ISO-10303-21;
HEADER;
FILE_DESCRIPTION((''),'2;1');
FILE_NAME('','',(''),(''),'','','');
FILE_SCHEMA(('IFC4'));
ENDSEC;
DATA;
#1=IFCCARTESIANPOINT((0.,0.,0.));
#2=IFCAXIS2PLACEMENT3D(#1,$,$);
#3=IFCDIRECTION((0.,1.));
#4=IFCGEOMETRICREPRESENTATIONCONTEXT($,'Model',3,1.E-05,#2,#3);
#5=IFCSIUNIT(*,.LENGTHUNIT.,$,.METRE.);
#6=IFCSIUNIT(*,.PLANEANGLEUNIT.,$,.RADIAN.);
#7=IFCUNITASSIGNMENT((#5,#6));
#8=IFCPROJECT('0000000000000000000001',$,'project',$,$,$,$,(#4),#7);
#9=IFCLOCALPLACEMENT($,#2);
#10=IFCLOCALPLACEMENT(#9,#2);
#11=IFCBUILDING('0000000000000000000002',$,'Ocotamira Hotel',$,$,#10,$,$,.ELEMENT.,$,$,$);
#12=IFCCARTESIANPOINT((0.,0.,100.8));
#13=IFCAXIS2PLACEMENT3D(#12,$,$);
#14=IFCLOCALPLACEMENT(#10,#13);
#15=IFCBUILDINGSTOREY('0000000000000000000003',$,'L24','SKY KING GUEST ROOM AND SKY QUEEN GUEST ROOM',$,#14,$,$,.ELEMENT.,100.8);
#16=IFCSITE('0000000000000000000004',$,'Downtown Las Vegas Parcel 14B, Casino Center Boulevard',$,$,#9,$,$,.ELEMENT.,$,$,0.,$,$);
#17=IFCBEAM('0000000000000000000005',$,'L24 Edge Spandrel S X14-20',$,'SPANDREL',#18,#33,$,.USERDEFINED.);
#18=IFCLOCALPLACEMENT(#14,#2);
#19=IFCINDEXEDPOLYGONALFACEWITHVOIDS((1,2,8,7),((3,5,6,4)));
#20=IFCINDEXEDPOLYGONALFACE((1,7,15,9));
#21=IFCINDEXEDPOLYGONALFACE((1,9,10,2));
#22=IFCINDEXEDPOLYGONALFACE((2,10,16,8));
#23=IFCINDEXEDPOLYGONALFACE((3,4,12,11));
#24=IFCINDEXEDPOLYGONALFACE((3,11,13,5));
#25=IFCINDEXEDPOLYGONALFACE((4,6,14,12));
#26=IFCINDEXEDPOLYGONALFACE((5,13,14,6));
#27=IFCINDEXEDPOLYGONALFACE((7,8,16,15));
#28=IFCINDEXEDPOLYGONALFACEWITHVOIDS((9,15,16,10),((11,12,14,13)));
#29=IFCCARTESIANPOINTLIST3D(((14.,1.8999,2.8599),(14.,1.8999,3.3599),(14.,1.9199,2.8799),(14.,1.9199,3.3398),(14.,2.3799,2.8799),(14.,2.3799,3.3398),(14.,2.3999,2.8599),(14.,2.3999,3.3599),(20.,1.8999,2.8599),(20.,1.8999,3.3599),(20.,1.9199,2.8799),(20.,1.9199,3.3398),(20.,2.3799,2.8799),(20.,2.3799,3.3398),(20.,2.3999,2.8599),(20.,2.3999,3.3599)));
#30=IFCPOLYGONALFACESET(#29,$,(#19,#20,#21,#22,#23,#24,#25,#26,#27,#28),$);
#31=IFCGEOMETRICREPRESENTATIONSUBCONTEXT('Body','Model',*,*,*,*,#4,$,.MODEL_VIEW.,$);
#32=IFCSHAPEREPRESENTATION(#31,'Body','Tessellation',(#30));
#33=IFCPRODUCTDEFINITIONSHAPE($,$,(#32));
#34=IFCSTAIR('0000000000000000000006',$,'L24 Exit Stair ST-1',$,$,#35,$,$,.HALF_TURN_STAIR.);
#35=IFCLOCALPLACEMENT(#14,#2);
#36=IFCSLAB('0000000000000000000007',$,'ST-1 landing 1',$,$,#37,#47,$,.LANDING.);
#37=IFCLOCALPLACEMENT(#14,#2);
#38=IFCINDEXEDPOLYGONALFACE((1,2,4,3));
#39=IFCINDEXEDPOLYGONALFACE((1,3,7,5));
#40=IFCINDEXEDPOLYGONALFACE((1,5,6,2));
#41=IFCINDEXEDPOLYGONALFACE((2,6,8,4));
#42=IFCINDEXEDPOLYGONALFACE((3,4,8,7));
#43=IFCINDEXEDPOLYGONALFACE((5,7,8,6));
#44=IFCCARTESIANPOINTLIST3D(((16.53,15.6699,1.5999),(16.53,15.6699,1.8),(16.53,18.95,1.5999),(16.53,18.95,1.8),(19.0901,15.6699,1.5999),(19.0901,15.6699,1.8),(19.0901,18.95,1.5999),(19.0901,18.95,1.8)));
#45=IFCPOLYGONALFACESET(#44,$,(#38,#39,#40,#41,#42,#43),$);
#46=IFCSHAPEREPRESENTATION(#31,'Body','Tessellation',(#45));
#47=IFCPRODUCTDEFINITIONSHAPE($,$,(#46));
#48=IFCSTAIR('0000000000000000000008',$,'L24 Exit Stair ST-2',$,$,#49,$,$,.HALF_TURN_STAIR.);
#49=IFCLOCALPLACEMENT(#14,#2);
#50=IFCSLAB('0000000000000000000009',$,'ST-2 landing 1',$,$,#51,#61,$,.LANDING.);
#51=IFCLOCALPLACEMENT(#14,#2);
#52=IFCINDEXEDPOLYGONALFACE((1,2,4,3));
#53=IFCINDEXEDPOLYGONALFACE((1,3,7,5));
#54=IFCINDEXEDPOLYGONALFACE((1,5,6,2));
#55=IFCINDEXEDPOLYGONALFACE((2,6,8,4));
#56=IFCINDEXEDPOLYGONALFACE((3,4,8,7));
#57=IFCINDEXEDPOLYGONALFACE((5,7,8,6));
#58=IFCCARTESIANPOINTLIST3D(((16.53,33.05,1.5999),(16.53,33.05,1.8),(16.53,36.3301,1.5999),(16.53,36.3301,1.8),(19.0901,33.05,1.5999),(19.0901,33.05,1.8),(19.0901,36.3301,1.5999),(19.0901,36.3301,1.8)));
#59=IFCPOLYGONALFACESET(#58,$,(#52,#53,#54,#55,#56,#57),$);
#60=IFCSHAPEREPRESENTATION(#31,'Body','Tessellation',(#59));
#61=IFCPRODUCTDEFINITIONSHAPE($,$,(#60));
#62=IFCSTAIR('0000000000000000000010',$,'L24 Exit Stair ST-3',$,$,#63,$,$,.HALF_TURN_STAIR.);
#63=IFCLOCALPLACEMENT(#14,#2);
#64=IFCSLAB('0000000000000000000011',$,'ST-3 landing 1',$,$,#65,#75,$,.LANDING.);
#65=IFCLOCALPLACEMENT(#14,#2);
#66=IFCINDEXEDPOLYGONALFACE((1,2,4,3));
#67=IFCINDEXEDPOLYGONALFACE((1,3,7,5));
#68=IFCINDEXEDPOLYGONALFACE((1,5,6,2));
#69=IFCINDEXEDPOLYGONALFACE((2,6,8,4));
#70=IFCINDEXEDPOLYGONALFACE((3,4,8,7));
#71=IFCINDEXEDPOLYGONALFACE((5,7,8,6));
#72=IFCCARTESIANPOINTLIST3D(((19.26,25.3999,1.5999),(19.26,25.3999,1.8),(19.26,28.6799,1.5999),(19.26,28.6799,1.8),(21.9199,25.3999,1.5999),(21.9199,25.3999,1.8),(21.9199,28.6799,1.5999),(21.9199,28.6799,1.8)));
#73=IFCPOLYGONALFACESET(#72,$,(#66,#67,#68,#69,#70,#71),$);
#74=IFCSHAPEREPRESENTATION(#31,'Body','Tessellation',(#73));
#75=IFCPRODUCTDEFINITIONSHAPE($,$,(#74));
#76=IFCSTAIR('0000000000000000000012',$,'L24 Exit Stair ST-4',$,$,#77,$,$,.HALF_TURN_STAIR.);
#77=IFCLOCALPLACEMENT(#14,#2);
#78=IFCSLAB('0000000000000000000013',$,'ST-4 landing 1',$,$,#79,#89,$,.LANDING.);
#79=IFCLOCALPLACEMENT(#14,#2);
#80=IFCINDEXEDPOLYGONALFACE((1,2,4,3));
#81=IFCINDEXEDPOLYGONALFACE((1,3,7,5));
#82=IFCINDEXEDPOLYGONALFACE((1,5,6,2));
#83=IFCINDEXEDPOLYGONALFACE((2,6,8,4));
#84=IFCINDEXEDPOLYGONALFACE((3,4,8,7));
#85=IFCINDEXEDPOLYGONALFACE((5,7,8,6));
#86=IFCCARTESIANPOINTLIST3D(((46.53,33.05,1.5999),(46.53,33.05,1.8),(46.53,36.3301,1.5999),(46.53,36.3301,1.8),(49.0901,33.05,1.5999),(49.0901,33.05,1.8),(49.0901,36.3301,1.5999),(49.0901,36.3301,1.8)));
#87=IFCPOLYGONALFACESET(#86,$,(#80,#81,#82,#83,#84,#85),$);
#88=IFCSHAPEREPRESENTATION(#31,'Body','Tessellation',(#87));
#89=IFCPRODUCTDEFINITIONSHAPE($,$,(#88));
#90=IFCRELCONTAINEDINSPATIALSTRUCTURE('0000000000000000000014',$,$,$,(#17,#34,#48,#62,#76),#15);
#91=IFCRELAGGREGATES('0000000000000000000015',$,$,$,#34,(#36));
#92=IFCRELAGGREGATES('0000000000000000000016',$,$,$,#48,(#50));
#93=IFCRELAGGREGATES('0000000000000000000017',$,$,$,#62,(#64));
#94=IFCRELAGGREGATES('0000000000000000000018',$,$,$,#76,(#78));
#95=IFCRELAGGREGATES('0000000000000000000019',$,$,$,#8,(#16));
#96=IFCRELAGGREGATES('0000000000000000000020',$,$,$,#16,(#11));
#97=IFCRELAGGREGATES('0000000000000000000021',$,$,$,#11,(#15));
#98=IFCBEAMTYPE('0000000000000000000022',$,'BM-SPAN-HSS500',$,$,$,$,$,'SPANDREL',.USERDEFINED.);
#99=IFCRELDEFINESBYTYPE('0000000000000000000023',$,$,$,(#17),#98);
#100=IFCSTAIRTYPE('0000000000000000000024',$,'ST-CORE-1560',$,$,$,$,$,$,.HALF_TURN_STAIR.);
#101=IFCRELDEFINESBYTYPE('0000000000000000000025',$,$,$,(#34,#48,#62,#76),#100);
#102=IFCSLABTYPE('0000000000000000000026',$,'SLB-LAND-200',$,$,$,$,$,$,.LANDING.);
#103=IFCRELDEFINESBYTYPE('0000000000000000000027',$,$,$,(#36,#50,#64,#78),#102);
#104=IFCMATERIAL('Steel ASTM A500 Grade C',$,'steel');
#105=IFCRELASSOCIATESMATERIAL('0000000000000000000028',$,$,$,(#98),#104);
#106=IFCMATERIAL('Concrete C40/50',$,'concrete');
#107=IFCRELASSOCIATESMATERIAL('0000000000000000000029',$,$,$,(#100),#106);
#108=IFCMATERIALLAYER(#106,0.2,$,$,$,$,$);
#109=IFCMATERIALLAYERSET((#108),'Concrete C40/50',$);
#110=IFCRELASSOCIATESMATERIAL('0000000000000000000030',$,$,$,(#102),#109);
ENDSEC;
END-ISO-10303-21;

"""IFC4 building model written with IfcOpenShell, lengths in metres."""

from ifc_helpers import new_model, si_unit, direction, frame, origin, origin_2d, place, context, subcontext, project, spatial, polyline, hollow_rectangle, outline, extrude, source, transform, mapped, material, layer, layer_set, material_profile, profile_set, type_object, element, aggregate, save


model = new_model("IFC4")

# Units and contexts
model_context = context("Model", 3, precision=1e-05, world=origin(), true_north=direction((0.0, 1.0)))
body_context = subcontext(model_context, "Body", "Model", "MODEL_VIEW")
ifc_project = project(units=[si_unit("LENGTHUNIT", "METRE"), si_unit("PLANEANGLEUNIT", "RADIAN")], contexts=[model_context])

# Site, building, storey
site_placement = place(None, origin())
site = spatial("IfcSite", under=ifc_project, at=site_placement, Name="Downtown Las Vegas Parcel 14B, Casino Center Boulevard", CompositionType="ELEMENT", RefElevation=0.0)
building_placement = place(site_placement, origin())
building = spatial("IfcBuilding", under=site, at=building_placement, Name="Ocotamira Hotel", CompositionType="ELEMENT")
storey_placement = place(building_placement, frame((0.0, 0.0, 100.8)))
storey = spatial("IfcBuildingStorey", under=building, at=storey_placement, Name="L24", Description="SKY KING GUEST ROOM AND SKY QUEEN GUEST ROOM", CompositionType="ELEMENT", Elevation=100.8)

# Beam
ifc_material_1 = material(Name="Steel ASTM A500 Grade C", Category="steel")
ifc_material_profile = material_profile(ifc_material_1, hollow_rectangle(XDim=0.5, YDim=0.5, WallThickness=0.02, at=origin_2d()), Name="HSS500X500X20")
ifc_profile_set = profile_set([ifc_material_profile], Name="Steel ASTM A500 Grade C")
beam_type = type_object("IfcBeamType", Name="BM-SPAN-HSS500", ElementType="SPANDREL", PredefinedType="USERDEFINED", material=ifc_profile_set)
shared_shape_1 = source(origin(), body_context, "Body", "SweptSolid", [
    extrude(hollow_rectangle(XDim=0.5, YDim=0.5, WallThickness=0.02, at=origin_2d()), origin(), (0.0, 0.0, 1.0), 6.0),
])
beam_placement = place(storey_placement, frame((14.0, 2.1499, 3.1099), z_axis=(1.0, 0.0, 0.0), x_axis=(0.0, 1.0, 0.0)))
element("IfcBeam", 1, at=beam_placement, inside=storey, type_object=beam_type, Name="L24 Edge Spandrel S X14-20", ObjectType="SPANDREL", PredefinedType="USERDEFINED", context=body_context, shape_type="MappedRepresentation", body=[
    mapped(shared_shape_1, transform((0.0, 0.0, 0.0), scale=1.0)),
])

# Stairs, slabs
ifc_material_2 = material(Name="Concrete C40/50", Category="concrete")
stair_type = type_object("IfcStairType", Name="ST-CORE-1560", PredefinedType="HALF_TURN_STAIR", material=ifc_material_2)
stair_1_placement = place(storey_placement, origin())
stair_1 = element("IfcStair", 2, at=stair_1_placement, inside=storey, type_object=stair_type, Name="L24 Exit Stair ST-1", PredefinedType="HALF_TURN_STAIR")
ifc_layer_1 = layer(ifc_material_2, 0.2)
ifc_layer_set_1 = layer_set([ifc_layer_1], Name="Concrete C40/50")
slab_type_1 = type_object("IfcSlabType", Name="SLB-LAND-200", PredefinedType="LANDING", material=ifc_layer_set_1)
slab_1_placement = place(storey_placement, frame((0.0, 0.0, 1.5999)))
slab_1 = element("IfcSlab", 3, at=slab_1_placement, type_object=slab_type_1, Name="ST-1 landing 1", PredefinedType="LANDING", context=body_context, shape_type="SweptSolid", body=[
    extrude(outline(polyline([(16.53, 15.6699), (19.0901, 15.6699), (19.0901, 18.95), (16.53, 18.95), (16.53, 15.6699)])), origin(), (0.0, 0.0, 1.0), 0.2002),
])
aggregate(stair_1, [slab_1])
stair_2_placement = place(storey_placement, origin())
stair_2 = element("IfcStair", 4, at=stair_2_placement, inside=storey, type_object=stair_type, Name="L24 Exit Stair ST-2", PredefinedType="HALF_TURN_STAIR")
slab_2_placement = place(storey_placement, frame((0.0, 0.0, 1.5999)))
slab_2 = element("IfcSlab", 5, at=slab_2_placement, type_object=slab_type_1, Name="ST-2 landing 1", PredefinedType="LANDING", context=body_context, shape_type="SweptSolid", body=[
    extrude(outline(polyline([(16.53, 33.05), (19.0901, 33.05), (19.0901, 36.3301), (16.53, 36.3301), (16.53, 33.05)])), origin(), (0.0, 0.0, 1.0), 0.2002),
])
aggregate(stair_2, [slab_2])
stair_3_placement = place(storey_placement, origin())
stair_3 = element("IfcStair", 6, at=stair_3_placement, inside=storey, type_object=stair_type, Name="L24 Exit Stair ST-3", PredefinedType="HALF_TURN_STAIR")
slab_3_placement = place(storey_placement, frame((0.0, 0.0, 1.5999)))
slab_3 = element("IfcSlab", 7, at=slab_3_placement, type_object=slab_type_1, Name="ST-3 landing 1", PredefinedType="LANDING", context=body_context, shape_type="SweptSolid", body=[
    extrude(outline(polyline([(19.26, 25.3999), (21.9199, 25.3999), (21.9199, 28.6799), (19.26, 28.6799), (19.26, 25.3999)])), origin(), (0.0, 0.0, 1.0), 0.2002),
])
aggregate(stair_3, [slab_3])
stair_4_placement = place(storey_placement, origin())
stair_4 = element("IfcStair", 8, at=stair_4_placement, inside=storey, type_object=stair_type, Name="L24 Exit Stair ST-4", PredefinedType="HALF_TURN_STAIR")
slab_4_placement = place(storey_placement, frame((0.0, 0.0, 1.5999)))
slab_4 = element("IfcSlab", 9, at=slab_4_placement, type_object=slab_type_1, Name="ST-4 landing 1", PredefinedType="LANDING", context=body_context, shape_type="SweptSolid", body=[
    extrude(outline(polyline([(46.53, 33.05), (49.0901, 33.05), (49.0901, 36.3301), (46.53, 36.3301), (46.53, 33.05)])), origin(), (0.0, 0.0, 1.0), 0.2002),
])
aggregate(stair_4, [slab_4])

save(model, "model.ifc")
